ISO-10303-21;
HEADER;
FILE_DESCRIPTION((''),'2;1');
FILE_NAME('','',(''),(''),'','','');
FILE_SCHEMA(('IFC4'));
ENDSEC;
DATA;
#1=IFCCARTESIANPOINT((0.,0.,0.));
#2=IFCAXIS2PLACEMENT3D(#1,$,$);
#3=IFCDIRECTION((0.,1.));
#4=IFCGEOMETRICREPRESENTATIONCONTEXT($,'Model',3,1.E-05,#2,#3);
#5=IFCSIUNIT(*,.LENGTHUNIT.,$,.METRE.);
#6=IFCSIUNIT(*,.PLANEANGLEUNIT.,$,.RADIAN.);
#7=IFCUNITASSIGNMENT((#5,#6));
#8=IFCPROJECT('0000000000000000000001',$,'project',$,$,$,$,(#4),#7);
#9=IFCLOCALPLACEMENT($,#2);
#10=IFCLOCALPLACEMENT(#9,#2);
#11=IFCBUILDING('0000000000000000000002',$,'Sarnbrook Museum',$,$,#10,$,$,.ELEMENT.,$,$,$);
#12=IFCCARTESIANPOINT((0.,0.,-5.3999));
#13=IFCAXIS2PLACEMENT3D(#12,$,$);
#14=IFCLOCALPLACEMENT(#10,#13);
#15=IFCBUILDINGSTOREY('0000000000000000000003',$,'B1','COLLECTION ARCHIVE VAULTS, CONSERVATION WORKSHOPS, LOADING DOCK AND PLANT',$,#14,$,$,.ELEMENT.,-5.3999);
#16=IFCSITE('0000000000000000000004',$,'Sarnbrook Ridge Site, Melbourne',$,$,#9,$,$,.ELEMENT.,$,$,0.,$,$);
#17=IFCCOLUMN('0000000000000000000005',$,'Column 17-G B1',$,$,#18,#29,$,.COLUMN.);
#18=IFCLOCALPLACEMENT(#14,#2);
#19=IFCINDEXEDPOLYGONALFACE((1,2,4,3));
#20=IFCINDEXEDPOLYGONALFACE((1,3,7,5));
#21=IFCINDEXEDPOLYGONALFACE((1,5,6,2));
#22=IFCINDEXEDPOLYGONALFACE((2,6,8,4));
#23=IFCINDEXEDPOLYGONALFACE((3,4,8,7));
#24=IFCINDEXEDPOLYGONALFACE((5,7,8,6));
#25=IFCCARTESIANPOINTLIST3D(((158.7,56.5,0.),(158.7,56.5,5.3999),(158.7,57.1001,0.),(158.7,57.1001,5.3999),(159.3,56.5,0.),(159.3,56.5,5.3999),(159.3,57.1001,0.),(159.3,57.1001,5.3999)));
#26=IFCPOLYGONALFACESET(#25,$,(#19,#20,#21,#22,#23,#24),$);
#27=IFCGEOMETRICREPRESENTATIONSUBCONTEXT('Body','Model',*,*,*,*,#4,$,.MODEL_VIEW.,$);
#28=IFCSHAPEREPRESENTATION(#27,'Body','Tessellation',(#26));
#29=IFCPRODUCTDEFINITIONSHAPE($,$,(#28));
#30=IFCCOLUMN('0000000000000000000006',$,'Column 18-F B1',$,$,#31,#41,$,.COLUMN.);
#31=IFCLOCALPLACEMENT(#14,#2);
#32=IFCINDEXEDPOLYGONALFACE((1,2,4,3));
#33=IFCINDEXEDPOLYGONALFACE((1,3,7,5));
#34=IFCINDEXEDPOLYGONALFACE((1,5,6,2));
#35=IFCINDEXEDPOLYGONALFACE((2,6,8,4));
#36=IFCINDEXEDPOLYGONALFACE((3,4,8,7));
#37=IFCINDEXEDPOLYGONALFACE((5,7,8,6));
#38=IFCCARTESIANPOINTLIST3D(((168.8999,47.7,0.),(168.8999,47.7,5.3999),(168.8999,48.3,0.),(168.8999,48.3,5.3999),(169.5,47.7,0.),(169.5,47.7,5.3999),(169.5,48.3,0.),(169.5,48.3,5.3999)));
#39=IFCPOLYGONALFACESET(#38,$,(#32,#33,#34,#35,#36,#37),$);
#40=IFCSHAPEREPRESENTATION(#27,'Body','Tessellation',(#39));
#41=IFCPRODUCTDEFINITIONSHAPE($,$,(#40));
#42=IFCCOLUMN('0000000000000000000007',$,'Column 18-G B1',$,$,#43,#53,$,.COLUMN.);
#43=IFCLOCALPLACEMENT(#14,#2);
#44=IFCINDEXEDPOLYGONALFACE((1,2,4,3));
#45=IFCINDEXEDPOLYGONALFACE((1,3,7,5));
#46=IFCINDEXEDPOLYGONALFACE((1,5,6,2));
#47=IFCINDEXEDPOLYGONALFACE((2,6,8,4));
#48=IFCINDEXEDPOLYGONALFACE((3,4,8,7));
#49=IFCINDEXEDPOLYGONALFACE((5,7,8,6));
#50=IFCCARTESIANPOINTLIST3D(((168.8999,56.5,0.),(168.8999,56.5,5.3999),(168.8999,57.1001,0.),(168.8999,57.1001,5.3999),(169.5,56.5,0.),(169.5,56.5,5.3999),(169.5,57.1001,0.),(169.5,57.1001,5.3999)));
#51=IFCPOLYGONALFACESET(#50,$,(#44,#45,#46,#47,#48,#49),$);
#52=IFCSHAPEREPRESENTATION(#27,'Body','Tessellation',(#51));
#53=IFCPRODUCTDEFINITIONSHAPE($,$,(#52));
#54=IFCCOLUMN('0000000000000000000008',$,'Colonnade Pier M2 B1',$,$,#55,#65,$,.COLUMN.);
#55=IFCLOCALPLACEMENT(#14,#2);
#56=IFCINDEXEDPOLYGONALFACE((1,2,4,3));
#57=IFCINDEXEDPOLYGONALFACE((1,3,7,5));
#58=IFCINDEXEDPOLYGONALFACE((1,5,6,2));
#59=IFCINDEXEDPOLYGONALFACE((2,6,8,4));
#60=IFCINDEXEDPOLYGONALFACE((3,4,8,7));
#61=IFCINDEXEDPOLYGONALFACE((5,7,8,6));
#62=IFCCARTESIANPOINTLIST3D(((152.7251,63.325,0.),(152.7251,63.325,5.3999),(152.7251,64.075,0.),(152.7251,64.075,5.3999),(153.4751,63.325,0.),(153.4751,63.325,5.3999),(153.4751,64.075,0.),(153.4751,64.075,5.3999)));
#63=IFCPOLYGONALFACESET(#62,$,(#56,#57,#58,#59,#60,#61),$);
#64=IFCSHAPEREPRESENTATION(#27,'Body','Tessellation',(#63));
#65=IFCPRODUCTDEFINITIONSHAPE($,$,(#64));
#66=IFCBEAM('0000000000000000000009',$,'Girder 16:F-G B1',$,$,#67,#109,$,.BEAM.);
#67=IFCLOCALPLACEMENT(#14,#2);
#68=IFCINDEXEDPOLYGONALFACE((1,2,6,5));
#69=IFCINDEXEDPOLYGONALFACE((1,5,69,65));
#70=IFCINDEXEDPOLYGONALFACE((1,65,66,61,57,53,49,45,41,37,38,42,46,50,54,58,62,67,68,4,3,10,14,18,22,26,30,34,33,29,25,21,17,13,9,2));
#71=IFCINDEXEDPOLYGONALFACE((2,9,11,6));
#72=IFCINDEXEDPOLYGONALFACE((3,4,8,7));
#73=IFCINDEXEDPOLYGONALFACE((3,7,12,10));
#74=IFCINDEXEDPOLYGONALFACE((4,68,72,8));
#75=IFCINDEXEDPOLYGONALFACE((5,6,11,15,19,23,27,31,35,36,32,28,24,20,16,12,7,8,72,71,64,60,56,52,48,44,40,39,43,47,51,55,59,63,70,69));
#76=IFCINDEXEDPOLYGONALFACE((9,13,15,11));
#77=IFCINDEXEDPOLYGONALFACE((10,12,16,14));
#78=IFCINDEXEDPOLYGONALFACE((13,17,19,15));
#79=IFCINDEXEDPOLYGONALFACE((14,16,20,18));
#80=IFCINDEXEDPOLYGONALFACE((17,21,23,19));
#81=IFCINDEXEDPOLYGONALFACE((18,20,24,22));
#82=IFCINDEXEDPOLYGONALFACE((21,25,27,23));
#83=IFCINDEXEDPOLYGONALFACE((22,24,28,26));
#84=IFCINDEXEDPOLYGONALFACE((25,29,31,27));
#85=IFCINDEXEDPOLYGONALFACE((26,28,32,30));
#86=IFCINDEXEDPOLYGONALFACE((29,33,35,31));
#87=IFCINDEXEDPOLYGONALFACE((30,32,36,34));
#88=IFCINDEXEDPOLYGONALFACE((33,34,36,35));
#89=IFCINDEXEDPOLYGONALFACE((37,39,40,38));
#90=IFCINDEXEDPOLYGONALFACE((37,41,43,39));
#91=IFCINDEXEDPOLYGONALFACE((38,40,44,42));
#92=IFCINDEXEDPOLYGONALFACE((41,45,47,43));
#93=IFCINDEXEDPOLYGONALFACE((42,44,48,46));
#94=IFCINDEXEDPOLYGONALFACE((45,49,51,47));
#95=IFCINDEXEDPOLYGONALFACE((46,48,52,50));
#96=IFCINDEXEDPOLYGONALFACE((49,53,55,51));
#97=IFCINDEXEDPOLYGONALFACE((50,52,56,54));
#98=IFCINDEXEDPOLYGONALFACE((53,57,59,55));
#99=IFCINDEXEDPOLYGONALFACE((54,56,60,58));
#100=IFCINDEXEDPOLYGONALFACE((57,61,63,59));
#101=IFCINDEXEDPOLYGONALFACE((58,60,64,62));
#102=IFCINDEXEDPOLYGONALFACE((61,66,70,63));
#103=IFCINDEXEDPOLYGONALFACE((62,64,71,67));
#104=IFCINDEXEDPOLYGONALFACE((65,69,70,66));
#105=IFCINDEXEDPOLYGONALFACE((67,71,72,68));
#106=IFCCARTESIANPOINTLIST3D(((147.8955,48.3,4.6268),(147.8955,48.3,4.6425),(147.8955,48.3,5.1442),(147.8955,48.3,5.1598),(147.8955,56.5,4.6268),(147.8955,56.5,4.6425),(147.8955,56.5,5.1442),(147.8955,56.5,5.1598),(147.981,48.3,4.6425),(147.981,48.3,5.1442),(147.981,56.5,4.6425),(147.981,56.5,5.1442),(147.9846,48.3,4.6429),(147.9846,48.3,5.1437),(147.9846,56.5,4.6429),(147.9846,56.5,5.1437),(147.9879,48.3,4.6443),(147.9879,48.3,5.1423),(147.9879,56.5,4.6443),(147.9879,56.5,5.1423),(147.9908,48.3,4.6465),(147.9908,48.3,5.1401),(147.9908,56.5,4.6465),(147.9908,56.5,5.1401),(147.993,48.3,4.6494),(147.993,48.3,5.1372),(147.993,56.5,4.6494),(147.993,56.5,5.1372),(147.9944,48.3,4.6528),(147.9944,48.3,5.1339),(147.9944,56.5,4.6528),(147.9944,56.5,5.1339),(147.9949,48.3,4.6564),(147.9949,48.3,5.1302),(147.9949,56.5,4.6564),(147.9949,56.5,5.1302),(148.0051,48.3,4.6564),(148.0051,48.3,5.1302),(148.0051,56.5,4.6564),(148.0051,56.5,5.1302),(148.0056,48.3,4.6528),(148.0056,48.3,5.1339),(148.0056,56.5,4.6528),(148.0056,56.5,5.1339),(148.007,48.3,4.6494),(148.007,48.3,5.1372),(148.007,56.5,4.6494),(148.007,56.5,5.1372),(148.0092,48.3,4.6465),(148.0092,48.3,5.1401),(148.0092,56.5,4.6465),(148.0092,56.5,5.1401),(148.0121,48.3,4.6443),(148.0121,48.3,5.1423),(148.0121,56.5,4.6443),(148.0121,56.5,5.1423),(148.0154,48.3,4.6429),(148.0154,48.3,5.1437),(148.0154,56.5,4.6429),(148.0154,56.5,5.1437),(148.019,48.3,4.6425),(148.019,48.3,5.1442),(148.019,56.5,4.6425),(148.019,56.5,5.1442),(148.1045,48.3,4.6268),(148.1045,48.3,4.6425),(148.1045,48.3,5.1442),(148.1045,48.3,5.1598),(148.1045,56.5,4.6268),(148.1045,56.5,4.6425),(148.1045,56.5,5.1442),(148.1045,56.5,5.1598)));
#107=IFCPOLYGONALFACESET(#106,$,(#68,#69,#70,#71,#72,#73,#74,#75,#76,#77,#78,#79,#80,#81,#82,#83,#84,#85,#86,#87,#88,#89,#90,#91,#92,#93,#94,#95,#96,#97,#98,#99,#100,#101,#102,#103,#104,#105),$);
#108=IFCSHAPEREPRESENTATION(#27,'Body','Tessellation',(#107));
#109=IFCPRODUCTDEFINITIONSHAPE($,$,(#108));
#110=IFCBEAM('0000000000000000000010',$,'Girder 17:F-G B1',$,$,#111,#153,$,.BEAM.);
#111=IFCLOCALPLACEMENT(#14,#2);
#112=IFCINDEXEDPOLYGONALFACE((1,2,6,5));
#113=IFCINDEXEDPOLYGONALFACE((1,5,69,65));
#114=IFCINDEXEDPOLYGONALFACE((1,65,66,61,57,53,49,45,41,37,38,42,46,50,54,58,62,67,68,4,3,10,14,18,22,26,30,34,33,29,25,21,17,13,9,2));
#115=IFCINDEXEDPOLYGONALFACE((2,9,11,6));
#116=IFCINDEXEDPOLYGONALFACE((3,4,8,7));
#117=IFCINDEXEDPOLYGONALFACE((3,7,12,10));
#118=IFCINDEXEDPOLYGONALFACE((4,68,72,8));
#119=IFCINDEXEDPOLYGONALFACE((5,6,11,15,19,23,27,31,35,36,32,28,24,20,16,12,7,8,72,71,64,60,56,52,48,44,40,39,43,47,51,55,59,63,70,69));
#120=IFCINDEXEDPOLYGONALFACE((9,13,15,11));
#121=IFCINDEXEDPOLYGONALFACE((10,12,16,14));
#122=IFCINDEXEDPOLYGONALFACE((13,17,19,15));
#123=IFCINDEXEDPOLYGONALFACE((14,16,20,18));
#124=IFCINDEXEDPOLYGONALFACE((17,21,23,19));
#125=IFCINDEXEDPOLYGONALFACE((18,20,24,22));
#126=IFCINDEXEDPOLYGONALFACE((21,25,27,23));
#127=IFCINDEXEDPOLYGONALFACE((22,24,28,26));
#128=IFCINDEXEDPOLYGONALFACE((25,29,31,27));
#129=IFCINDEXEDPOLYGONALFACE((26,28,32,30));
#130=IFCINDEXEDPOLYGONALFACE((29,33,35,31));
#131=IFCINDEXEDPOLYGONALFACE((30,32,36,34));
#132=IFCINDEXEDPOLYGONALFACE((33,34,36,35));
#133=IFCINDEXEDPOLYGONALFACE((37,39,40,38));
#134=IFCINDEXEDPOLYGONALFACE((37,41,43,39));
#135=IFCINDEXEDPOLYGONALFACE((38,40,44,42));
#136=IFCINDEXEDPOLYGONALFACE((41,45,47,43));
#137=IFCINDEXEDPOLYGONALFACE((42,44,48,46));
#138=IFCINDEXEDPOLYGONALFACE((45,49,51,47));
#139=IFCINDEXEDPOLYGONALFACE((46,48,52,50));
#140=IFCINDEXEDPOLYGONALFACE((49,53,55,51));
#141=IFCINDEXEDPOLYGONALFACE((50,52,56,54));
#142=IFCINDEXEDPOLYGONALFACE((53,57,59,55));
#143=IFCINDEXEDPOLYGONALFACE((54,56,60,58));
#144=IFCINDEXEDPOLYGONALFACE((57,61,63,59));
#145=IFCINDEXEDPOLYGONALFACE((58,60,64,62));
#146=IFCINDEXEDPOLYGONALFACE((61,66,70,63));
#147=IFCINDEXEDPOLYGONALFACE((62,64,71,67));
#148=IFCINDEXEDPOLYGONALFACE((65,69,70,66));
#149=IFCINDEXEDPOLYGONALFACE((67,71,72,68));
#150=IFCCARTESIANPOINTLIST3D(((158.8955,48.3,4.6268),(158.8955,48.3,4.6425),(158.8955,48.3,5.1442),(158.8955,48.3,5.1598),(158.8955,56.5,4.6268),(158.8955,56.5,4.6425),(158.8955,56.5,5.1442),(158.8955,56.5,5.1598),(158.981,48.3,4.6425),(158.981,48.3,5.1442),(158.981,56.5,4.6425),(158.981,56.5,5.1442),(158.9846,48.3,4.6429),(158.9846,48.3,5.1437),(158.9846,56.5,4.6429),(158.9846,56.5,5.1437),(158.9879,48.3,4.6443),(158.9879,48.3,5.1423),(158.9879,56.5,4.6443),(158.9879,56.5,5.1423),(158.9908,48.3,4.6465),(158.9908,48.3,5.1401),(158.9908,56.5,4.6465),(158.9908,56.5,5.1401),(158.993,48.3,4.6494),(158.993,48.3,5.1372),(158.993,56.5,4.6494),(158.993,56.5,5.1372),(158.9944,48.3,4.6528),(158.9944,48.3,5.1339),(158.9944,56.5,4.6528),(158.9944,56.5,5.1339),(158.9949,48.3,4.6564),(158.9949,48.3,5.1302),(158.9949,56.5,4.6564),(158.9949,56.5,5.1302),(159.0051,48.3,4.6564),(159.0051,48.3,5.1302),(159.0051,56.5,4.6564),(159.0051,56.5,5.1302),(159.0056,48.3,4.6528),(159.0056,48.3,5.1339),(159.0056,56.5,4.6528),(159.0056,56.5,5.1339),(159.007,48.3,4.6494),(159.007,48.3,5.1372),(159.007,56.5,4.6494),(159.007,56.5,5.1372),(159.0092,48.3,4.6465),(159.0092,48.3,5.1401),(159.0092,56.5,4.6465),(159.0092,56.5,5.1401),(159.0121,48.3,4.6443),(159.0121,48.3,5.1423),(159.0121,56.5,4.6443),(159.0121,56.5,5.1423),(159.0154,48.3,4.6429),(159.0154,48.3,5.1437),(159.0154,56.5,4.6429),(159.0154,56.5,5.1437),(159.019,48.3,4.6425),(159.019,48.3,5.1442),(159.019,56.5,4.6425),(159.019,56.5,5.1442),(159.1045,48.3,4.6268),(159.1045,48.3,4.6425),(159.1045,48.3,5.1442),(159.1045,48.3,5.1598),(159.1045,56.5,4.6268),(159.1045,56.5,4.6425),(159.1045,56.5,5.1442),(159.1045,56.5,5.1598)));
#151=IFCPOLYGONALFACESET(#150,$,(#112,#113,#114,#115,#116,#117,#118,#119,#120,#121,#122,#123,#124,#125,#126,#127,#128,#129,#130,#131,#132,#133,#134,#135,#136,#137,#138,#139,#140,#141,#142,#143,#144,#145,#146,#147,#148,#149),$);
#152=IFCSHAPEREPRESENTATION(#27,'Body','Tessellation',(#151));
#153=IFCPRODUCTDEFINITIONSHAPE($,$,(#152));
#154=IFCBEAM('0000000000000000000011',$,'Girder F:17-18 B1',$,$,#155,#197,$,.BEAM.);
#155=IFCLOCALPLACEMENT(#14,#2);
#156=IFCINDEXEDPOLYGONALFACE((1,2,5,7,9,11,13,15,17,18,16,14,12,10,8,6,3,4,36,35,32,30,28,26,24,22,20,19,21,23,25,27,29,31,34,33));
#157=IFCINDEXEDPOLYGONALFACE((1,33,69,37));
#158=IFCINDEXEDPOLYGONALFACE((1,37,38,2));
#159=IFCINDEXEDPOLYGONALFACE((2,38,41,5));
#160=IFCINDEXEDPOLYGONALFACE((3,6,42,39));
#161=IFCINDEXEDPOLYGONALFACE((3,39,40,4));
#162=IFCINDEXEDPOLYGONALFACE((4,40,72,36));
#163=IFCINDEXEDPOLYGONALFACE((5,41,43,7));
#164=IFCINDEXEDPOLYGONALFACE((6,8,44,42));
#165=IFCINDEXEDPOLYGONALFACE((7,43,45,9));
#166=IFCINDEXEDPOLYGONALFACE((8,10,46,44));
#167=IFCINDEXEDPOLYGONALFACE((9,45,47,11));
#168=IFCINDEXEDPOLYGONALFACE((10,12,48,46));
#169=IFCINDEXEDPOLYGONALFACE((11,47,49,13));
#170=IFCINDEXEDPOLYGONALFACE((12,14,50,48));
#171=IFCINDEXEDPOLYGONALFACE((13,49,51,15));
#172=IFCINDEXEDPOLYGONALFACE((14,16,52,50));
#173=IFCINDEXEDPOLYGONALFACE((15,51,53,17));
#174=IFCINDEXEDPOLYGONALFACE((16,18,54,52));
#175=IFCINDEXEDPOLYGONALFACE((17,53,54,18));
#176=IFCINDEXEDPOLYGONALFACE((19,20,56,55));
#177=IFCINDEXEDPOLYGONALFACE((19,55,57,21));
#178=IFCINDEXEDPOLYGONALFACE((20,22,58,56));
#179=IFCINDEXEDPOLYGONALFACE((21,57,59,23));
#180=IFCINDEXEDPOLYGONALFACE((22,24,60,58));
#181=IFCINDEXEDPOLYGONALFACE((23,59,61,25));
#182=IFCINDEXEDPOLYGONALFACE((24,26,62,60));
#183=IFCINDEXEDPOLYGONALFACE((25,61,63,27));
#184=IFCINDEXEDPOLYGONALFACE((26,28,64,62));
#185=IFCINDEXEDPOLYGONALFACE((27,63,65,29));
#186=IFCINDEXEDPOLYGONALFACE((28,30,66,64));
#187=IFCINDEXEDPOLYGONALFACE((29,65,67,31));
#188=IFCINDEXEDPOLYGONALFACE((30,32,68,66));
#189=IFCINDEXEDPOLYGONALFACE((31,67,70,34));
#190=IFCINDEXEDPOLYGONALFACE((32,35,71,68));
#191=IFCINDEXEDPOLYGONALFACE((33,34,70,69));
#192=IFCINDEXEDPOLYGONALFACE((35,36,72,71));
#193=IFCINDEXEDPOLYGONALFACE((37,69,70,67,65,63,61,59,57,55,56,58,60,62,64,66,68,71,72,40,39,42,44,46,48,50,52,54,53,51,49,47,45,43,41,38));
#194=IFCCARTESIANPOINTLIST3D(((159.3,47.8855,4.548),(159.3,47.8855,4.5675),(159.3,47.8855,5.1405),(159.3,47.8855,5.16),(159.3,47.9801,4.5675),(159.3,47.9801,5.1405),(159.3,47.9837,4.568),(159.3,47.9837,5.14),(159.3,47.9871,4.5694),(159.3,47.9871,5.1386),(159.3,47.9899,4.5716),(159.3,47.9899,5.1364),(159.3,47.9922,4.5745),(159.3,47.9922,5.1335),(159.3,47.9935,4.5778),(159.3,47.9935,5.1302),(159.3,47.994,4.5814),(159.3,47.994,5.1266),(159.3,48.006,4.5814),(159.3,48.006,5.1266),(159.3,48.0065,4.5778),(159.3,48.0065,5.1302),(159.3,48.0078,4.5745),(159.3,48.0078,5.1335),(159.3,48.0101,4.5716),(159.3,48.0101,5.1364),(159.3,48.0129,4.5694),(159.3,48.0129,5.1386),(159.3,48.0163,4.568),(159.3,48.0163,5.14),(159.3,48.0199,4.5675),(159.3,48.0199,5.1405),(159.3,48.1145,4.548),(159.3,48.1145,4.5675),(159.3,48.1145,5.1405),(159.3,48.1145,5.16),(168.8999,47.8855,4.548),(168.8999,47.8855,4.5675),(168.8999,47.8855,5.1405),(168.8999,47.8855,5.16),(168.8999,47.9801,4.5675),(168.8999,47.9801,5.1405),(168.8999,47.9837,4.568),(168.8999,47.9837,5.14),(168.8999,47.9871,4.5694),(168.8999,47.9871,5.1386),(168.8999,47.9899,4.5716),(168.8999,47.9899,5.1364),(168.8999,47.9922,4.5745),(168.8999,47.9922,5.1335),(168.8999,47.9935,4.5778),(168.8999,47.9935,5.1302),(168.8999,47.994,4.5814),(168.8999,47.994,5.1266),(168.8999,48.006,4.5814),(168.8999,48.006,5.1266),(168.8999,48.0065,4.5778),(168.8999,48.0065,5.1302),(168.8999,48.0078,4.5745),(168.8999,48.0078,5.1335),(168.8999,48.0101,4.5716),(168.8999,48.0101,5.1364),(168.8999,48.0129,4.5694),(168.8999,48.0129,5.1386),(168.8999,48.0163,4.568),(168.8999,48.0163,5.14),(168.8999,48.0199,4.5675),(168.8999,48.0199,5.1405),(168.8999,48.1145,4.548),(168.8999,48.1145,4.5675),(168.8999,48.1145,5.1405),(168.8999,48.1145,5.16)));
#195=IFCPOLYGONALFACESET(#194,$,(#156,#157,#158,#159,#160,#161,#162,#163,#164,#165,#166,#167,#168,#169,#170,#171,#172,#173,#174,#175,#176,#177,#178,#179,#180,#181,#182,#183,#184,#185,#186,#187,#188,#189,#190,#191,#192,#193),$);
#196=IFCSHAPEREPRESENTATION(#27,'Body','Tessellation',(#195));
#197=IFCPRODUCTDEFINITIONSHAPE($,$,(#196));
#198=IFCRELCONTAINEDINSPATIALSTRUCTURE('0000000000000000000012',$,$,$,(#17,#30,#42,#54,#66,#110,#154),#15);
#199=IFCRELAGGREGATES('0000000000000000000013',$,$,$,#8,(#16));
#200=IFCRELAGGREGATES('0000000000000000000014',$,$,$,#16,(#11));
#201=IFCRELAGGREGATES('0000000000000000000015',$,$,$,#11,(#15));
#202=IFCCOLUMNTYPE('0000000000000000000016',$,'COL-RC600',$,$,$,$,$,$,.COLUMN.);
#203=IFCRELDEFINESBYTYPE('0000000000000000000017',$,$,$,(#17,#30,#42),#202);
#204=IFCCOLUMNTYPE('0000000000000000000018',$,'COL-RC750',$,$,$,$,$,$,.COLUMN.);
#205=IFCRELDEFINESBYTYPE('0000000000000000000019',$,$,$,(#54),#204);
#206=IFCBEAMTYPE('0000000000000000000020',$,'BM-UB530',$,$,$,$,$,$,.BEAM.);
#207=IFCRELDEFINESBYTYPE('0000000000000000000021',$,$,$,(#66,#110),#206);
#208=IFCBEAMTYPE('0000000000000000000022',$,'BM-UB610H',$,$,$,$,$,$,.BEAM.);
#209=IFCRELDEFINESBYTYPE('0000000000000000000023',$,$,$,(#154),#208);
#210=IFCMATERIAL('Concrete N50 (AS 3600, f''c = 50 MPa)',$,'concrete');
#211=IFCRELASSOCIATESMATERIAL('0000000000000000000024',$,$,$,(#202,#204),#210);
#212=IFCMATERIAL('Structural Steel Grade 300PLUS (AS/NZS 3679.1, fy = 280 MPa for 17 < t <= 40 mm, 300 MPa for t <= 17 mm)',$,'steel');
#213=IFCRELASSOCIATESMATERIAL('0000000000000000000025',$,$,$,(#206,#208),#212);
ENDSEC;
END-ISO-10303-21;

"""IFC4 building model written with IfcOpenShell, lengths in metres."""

from ifc_helpers import new_model, si_unit, direction, frame, origin, origin_2d, place, context, subcontext, project, spatial, rectangle, i_section, extrude, material, material_profile, profile_set, type_object, element, save


model = new_model("IFC4")

# Units and contexts
model_context = context("Model", 3, precision=1e-05, world=origin(), true_north=direction((0.0, 1.0)))
body_context = subcontext(model_context, "Body", "Model", "MODEL_VIEW")
ifc_project = project(units=[si_unit("LENGTHUNIT", "METRE"), si_unit("PLANEANGLEUNIT", "RADIAN")], contexts=[model_context])

# Site, building, storey
site_placement = place(None, origin())
site = spatial("IfcSite", under=ifc_project, at=site_placement, Name="Sarnbrook Ridge Site, Melbourne", CompositionType="ELEMENT", RefElevation=0.0)
building_placement = place(site_placement, origin())
building = spatial("IfcBuilding", under=site, at=building_placement, Name="Sarnbrook Museum", CompositionType="ELEMENT")
storey_placement = place(building_placement, frame((0.0, 0.0, -5.3999)))
storey = spatial("IfcBuildingStorey", under=building, at=storey_placement, Name="B1", Description="COLLECTION ARCHIVE VAULTS, CONSERVATION WORKSHOPS, LOADING DOCK AND PLANT", CompositionType="ELEMENT", Elevation=-5.3999)

# Shared definitions
ifc_material_1 = material(Name="Concrete N50 (AS 3600, f'c = 50 MPa)", Category="concrete")

# Columns
ifc_material_profile_1 = material_profile(ifc_material_1, rectangle(XDim=0.6001, YDim=0.6001, at=origin_2d()), Name="RC 600x600")
ifc_profile_set_1 = profile_set([ifc_material_profile_1], Name="Concrete N50 (AS 3600, f'c = 50 MPa)")
column_type_1 = type_object("IfcColumnType", Name="COL-RC600", PredefinedType="COLUMN", material=ifc_profile_set_1)
for number, where, z_axis, x_axis, name in (
    (1, (159.0, 56.8, 0.0), (0.0, 0.0, 1.0), (1.0, 0.0, 0.0), "Column 17-G B1"),
    (2, (169.2, 48.0, 0.0), (0.0, 0.0, 1.0), (1.0, 0.0, 0.0), "Column 18-F B1"),
    (3, (169.2, 56.8, 0.0), (0.0, 0.0, 1.0), (1.0, 0.0, 0.0), "Column 18-G B1"),
):
    element("IfcColumn", number, at=place(storey_placement, frame(where, z_axis=z_axis, x_axis=x_axis)), inside=storey, type_object=column_type_1, Name=name, PredefinedType="COLUMN", context=body_context, shape_type="SweptSolid", body=[
        extrude(rectangle(XDim=0.6001, YDim=0.6001, at=origin_2d()), origin(), (0.0, 0.0, 1.0), 5.3999),
    ])
ifc_material_profile_2 = material_profile(ifc_material_1, rectangle(XDim=0.75, YDim=0.75, at=origin_2d()), Name="RC 750x750")
ifc_profile_set_2 = profile_set([ifc_material_profile_2], Name="Concrete N50 (AS 3600, f'c = 50 MPa)")
column_type_2 = type_object("IfcColumnType", Name="COL-RC750", PredefinedType="COLUMN", material=ifc_profile_set_2)
column_placement = place(storey_placement, frame((153.1001, 63.7, 0.0), z_axis=(0.0, 0.0, 1.0), x_axis=(1.0, 0.0, 0.0)))
element("IfcColumn", 4, at=column_placement, inside=storey, type_object=column_type_2, Name="Colonnade Pier M2 B1", PredefinedType="COLUMN", context=body_context, shape_type="SweptSolid", body=[
    extrude(rectangle(XDim=0.75, YDim=0.75, at=origin_2d()), origin(), (0.0, 0.0, 1.0), 5.3999),
])

# Beams
ifc_material_2 = material(Name="Structural Steel Grade 300PLUS (AS/NZS 3679.1, fy = 280 MPa for 17 < t <= 40 mm, 300 MPa for t <= 17 mm)", Category="steel")
ifc_material_profile_3 = material_profile(ifc_material_2, i_section(OverallWidth=0.209, OverallDepth=0.533, WebThickness=0.0103, FlangeThickness=0.0156, FilletRadius=0.0139, at=origin_2d()), Name="530UB92.4")
ifc_profile_set_3 = profile_set([ifc_material_profile_3], Name="Structural Steel Grade 300PLUS (AS/NZS 3679.1, fy = 280 MPa for 17 < t <= 40 mm, 300 MPa for t <= 17 mm)")
beam_type_1 = type_object("IfcBeamType", Name="BM-UB530", PredefinedType="BEAM", material=ifc_profile_set_3)
for number, where, z_axis, x_axis, name in (
    (5, (148.0, 48.3, 4.8933), (0.0, 1.0, 0.0), (-1.0, 0.0, 0.0), "Girder 16:F-G B1"),
    (6, (159.0, 48.3, 4.8933), (0.0, 1.0, 0.0), (-1.0, 0.0, 0.0), "Girder 17:F-G B1"),
):
    element("IfcBeam", number, at=place(storey_placement, frame(where, z_axis=z_axis, x_axis=x_axis)), inside=storey, type_object=beam_type_1, Name=name, PredefinedType="BEAM", context=body_context, shape_type="SweptSolid", body=[
        extrude(i_section(OverallWidth=0.209, OverallDepth=0.533, WebThickness=0.0103, FlangeThickness=0.0156, FilletRadius=0.0139, at=origin_2d()), origin(), (0.0, 0.0, 1.0), 8.2),
    ])
ifc_material_profile_4 = material_profile(ifc_material_2, i_section(OverallWidth=0.229, OverallDepth=0.6121, WebThickness=0.012, FlangeThickness=0.0195, FilletRadius=0.0139, at=origin_2d()), Name="610UB125")
ifc_profile_set_4 = profile_set([ifc_material_profile_4], Name="Structural Steel Grade 300PLUS (AS/NZS 3679.1, fy = 280 MPa for 17 < t <= 40 mm, 300 MPa for t <= 17 mm)")
beam_type_2 = type_object("IfcBeamType", Name="BM-UB610H", PredefinedType="BEAM", material=ifc_profile_set_4)
for number, where, z_axis, x_axis, name in (
    (7, (159.3, 48.0, 4.854), (1.0, 0.0, 0.0), (0.0, 1.0, 0.0), "Girder F:17-18 B1"),
):
    element("IfcBeam", number, at=place(storey_placement, frame(where, z_axis=z_axis, x_axis=x_axis)), inside=storey, type_object=beam_type_2, Name=name, PredefinedType="BEAM", context=body_context, shape_type="SweptSolid", body=[
        extrude(i_section(OverallWidth=0.229, OverallDepth=0.6121, WebThickness=0.012, FlangeThickness=0.0195, FilletRadius=0.0139, at=origin_2d()), origin(), (0.0, 0.0, 1.0), 9.5999),
    ])

save(model, "model.ifc")
